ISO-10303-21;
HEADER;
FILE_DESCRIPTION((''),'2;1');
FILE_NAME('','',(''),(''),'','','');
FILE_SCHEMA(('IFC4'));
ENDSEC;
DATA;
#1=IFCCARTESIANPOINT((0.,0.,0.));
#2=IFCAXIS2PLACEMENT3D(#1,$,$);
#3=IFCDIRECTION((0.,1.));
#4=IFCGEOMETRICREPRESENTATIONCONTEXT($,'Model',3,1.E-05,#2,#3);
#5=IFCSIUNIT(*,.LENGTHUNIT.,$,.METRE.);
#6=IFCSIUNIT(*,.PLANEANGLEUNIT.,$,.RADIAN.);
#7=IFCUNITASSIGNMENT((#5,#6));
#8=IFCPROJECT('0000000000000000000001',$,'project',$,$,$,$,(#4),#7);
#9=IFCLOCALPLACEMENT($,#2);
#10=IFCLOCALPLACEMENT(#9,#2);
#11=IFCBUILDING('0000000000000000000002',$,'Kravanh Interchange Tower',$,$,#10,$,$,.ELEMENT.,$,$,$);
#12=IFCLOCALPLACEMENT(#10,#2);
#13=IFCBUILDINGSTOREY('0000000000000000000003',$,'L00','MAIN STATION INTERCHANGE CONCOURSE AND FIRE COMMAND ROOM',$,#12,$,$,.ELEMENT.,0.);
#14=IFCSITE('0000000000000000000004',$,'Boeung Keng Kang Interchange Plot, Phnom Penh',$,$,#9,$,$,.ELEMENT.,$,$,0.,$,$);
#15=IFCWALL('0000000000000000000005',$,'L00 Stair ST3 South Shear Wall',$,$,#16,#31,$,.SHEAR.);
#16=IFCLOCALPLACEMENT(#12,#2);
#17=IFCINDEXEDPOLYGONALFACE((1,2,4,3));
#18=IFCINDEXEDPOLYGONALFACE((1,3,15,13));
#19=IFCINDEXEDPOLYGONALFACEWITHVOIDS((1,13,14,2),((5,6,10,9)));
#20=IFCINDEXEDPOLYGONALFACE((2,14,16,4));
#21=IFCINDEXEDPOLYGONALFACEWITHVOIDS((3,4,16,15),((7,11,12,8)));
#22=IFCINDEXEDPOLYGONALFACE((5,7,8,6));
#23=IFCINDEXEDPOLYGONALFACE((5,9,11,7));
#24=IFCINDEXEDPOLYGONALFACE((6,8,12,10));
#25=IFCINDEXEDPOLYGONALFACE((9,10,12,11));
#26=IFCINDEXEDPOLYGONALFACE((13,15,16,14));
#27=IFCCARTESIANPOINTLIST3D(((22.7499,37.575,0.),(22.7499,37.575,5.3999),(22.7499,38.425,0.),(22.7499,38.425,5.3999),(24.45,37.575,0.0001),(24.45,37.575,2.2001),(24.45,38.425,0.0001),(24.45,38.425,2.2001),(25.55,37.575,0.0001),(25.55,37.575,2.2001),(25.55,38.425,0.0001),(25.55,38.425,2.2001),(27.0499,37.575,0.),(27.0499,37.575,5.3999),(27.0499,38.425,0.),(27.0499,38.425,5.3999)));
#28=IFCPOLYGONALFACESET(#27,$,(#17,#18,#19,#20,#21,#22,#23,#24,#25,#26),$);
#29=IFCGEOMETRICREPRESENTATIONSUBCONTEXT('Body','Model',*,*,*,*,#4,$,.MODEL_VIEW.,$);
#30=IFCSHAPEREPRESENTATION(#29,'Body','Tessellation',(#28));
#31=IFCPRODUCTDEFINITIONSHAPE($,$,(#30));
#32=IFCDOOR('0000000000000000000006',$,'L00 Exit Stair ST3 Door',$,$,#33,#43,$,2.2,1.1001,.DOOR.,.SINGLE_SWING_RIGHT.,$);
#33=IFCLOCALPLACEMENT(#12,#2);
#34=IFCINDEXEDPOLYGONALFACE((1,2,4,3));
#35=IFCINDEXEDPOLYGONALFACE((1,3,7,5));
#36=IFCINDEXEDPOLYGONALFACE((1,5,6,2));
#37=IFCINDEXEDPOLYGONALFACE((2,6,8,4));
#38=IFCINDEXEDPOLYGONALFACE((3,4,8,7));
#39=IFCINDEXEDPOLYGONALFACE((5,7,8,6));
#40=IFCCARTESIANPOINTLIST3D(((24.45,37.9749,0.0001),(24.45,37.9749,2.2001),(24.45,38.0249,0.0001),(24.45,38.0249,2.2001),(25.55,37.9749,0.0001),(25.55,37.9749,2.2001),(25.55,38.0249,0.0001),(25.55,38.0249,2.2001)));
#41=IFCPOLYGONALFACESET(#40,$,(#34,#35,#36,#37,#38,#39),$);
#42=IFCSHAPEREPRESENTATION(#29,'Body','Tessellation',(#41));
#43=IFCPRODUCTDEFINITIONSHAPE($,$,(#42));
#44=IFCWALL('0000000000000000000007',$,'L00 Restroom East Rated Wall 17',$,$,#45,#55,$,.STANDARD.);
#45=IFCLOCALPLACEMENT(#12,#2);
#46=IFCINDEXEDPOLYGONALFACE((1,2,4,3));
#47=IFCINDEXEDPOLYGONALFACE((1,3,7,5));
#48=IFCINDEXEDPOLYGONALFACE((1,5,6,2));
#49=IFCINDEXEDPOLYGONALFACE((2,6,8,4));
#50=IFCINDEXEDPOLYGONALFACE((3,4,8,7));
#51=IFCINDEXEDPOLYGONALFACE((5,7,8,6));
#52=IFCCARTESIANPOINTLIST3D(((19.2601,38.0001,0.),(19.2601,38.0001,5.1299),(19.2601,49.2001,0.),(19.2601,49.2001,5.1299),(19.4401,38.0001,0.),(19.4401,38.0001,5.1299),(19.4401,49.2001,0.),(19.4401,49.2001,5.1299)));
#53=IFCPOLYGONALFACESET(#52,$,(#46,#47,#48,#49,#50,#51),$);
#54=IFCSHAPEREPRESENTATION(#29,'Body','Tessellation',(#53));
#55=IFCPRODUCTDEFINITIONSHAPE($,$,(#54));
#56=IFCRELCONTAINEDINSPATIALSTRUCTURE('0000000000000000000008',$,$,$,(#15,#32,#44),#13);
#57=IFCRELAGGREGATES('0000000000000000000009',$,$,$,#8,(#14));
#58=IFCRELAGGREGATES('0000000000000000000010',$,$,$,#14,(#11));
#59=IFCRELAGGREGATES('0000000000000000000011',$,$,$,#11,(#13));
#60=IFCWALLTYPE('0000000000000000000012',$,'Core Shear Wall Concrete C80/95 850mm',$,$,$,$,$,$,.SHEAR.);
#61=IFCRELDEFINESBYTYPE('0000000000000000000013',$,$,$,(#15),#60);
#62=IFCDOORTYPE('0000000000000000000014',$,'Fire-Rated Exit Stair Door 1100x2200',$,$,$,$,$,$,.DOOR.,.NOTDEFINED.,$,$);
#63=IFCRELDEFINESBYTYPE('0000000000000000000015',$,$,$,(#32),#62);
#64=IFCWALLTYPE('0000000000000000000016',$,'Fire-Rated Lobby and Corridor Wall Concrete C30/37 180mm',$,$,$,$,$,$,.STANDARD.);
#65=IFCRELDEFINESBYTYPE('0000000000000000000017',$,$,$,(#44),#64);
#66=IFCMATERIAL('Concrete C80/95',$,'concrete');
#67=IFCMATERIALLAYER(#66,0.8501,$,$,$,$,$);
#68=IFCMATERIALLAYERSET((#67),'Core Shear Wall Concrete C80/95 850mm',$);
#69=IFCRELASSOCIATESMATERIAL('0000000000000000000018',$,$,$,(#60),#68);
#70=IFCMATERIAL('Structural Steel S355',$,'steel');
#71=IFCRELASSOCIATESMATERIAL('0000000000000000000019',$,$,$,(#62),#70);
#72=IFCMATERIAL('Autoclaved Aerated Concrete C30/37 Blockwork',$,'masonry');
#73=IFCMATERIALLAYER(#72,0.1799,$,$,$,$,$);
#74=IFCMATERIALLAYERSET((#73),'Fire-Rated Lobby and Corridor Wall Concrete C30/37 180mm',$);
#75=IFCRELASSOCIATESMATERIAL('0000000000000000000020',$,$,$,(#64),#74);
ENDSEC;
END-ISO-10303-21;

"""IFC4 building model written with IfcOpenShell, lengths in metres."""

from ifc_helpers import new_model, si_unit, direction, frame, frame_2d, origin, place, context, subcontext, project, spatial, rectangle, extrude, material, layer, layer_set, type_object, element, fill, save


model = new_model("IFC4")

# Units and contexts
model_context = context("Model", 3, precision=1e-05, world=origin(), true_north=direction((0.0, 1.0)))
body_context = subcontext(model_context, "Body", "Model", "MODEL_VIEW")
ifc_project = project(units=[si_unit("LENGTHUNIT", "METRE"), si_unit("PLANEANGLEUNIT", "RADIAN")], contexts=[model_context])

# Site, building, storey
site_placement = place(None, origin())
site = spatial("IfcSite", under=ifc_project, at=site_placement, Name="Boeung Keng Kang Interchange Plot, Phnom Penh", CompositionType="ELEMENT", RefElevation=0.0)
building_placement = place(site_placement, origin())
building = spatial("IfcBuilding", under=site, at=building_placement, Name="Kravanh Interchange Tower", CompositionType="ELEMENT")
storey_placement = place(building_placement, origin())
storey = spatial("IfcBuildingStorey", under=building, at=storey_placement, Name="L00", Description="MAIN STATION INTERCHANGE CONCOURSE AND FIRE COMMAND ROOM", CompositionType="ELEMENT", Elevation=0.0)

# Wall, opening, door
ifc_material_1 = material(Name="Concrete C80/95", Category="concrete")
ifc_layer_1 = layer(ifc_material_1, 0.8501)
ifc_layer_set_1 = layer_set([ifc_layer_1], Name="Core Shear Wall Concrete C80/95 850mm")
wall_type_1 = type_object("IfcWallType", Name="Core Shear Wall Concrete C80/95 850mm", PredefinedType="SHEAR", material=ifc_layer_set_1)
wall_1_placement = place(storey_placement, frame((22.75, 38.0, 0.0), z_axis=(0.0, 0.0, 1.0), x_axis=(1.0, 0.0, 0.0)))
wall_1 = element("IfcWall", 1, at=wall_1_placement, inside=storey, type_object=wall_type_1, Name="L00 Stair ST3 South Shear Wall", PredefinedType="SHEAR", context=body_context, shape_type="SweptSolid", body=[
    extrude(rectangle(XDim=4.3, YDim=0.8501, at=frame_2d((2.1499, 0.0))), origin(), (0.0, 0.0, 1.0), 5.3999),
])
opening_placement = place(wall_1_placement, frame((1.7, 0.0, 0.0)))
opening = element("IfcOpeningElement", 2, at=opening_placement, cuts=wall_1, PredefinedType="OPENING", context=body_context, shape_type="SweptSolid", body=[
    extrude(rectangle(XDim=1.1001, YDim=2.2, at=frame_2d((0.55, 1.1001))), frame((0.0, 0.4351, 0.0), z_axis=(0.0, -1.0, 0.0), x_axis=(1.0, 0.0, 0.0)), (0.0, 0.0, 1.0), 0.8701),
])
ifc_material_2 = material(Name="Structural Steel S355", Category="steel")
door_type = type_object("IfcDoorType", Name="Fire-Rated Exit Stair Door 1100x2200", OperationType="NOTDEFINED", PredefinedType="DOOR", material=ifc_material_2)
door_placement = place(opening_placement, origin())
door = element("IfcDoor", 3, at=door_placement, inside=storey, type_object=door_type, Name="L00 Exit Stair ST3 Door", OperationType="SINGLE_SWING_RIGHT", OverallHeight=2.2, OverallWidth=1.1001, PredefinedType="DOOR", context=body_context, shape_type="SweptSolid", body=[
    extrude(rectangle(XDim=1.1001, YDim=2.2, at=frame_2d((0.55, 1.1001))), frame((0.0, 0.0249, 0.0), z_axis=(0.0, -1.0, 0.0), x_axis=(1.0, 0.0, 0.0)), (0.0, 0.0, 1.0), 0.05),
])
fill(opening, door)

# Wall
ifc_material_3 = material(Name="Autoclaved Aerated Concrete C30/37 Blockwork", Category="masonry")
ifc_layer_2 = layer(ifc_material_3, 0.1799)
ifc_layer_set_2 = layer_set([ifc_layer_2], Name="Fire-Rated Lobby and Corridor Wall Concrete C30/37 180mm")
wall_type_2 = type_object("IfcWallType", Name="Fire-Rated Lobby and Corridor Wall Concrete C30/37 180mm", PredefinedType="STANDARD", material=ifc_layer_set_2)
wall_2_placement = place(storey_placement, frame((19.3501, 38.0, 0.0), z_axis=(0.0, 0.0, 1.0), x_axis=(0.0, 1.0, 0.0)))
element("IfcWall", 4, at=wall_2_placement, inside=storey, type_object=wall_type_2, Name="L00 Restroom East Rated Wall 17", PredefinedType="STANDARD", context=body_context, shape_type="SweptSolid", body=[
    extrude(rectangle(XDim=11.2, YDim=0.1799, at=frame_2d((5.6001, 0.0))), origin(), (0.0, 0.0, 1.0), 5.1299),
])

save(model, "model.ifc")
